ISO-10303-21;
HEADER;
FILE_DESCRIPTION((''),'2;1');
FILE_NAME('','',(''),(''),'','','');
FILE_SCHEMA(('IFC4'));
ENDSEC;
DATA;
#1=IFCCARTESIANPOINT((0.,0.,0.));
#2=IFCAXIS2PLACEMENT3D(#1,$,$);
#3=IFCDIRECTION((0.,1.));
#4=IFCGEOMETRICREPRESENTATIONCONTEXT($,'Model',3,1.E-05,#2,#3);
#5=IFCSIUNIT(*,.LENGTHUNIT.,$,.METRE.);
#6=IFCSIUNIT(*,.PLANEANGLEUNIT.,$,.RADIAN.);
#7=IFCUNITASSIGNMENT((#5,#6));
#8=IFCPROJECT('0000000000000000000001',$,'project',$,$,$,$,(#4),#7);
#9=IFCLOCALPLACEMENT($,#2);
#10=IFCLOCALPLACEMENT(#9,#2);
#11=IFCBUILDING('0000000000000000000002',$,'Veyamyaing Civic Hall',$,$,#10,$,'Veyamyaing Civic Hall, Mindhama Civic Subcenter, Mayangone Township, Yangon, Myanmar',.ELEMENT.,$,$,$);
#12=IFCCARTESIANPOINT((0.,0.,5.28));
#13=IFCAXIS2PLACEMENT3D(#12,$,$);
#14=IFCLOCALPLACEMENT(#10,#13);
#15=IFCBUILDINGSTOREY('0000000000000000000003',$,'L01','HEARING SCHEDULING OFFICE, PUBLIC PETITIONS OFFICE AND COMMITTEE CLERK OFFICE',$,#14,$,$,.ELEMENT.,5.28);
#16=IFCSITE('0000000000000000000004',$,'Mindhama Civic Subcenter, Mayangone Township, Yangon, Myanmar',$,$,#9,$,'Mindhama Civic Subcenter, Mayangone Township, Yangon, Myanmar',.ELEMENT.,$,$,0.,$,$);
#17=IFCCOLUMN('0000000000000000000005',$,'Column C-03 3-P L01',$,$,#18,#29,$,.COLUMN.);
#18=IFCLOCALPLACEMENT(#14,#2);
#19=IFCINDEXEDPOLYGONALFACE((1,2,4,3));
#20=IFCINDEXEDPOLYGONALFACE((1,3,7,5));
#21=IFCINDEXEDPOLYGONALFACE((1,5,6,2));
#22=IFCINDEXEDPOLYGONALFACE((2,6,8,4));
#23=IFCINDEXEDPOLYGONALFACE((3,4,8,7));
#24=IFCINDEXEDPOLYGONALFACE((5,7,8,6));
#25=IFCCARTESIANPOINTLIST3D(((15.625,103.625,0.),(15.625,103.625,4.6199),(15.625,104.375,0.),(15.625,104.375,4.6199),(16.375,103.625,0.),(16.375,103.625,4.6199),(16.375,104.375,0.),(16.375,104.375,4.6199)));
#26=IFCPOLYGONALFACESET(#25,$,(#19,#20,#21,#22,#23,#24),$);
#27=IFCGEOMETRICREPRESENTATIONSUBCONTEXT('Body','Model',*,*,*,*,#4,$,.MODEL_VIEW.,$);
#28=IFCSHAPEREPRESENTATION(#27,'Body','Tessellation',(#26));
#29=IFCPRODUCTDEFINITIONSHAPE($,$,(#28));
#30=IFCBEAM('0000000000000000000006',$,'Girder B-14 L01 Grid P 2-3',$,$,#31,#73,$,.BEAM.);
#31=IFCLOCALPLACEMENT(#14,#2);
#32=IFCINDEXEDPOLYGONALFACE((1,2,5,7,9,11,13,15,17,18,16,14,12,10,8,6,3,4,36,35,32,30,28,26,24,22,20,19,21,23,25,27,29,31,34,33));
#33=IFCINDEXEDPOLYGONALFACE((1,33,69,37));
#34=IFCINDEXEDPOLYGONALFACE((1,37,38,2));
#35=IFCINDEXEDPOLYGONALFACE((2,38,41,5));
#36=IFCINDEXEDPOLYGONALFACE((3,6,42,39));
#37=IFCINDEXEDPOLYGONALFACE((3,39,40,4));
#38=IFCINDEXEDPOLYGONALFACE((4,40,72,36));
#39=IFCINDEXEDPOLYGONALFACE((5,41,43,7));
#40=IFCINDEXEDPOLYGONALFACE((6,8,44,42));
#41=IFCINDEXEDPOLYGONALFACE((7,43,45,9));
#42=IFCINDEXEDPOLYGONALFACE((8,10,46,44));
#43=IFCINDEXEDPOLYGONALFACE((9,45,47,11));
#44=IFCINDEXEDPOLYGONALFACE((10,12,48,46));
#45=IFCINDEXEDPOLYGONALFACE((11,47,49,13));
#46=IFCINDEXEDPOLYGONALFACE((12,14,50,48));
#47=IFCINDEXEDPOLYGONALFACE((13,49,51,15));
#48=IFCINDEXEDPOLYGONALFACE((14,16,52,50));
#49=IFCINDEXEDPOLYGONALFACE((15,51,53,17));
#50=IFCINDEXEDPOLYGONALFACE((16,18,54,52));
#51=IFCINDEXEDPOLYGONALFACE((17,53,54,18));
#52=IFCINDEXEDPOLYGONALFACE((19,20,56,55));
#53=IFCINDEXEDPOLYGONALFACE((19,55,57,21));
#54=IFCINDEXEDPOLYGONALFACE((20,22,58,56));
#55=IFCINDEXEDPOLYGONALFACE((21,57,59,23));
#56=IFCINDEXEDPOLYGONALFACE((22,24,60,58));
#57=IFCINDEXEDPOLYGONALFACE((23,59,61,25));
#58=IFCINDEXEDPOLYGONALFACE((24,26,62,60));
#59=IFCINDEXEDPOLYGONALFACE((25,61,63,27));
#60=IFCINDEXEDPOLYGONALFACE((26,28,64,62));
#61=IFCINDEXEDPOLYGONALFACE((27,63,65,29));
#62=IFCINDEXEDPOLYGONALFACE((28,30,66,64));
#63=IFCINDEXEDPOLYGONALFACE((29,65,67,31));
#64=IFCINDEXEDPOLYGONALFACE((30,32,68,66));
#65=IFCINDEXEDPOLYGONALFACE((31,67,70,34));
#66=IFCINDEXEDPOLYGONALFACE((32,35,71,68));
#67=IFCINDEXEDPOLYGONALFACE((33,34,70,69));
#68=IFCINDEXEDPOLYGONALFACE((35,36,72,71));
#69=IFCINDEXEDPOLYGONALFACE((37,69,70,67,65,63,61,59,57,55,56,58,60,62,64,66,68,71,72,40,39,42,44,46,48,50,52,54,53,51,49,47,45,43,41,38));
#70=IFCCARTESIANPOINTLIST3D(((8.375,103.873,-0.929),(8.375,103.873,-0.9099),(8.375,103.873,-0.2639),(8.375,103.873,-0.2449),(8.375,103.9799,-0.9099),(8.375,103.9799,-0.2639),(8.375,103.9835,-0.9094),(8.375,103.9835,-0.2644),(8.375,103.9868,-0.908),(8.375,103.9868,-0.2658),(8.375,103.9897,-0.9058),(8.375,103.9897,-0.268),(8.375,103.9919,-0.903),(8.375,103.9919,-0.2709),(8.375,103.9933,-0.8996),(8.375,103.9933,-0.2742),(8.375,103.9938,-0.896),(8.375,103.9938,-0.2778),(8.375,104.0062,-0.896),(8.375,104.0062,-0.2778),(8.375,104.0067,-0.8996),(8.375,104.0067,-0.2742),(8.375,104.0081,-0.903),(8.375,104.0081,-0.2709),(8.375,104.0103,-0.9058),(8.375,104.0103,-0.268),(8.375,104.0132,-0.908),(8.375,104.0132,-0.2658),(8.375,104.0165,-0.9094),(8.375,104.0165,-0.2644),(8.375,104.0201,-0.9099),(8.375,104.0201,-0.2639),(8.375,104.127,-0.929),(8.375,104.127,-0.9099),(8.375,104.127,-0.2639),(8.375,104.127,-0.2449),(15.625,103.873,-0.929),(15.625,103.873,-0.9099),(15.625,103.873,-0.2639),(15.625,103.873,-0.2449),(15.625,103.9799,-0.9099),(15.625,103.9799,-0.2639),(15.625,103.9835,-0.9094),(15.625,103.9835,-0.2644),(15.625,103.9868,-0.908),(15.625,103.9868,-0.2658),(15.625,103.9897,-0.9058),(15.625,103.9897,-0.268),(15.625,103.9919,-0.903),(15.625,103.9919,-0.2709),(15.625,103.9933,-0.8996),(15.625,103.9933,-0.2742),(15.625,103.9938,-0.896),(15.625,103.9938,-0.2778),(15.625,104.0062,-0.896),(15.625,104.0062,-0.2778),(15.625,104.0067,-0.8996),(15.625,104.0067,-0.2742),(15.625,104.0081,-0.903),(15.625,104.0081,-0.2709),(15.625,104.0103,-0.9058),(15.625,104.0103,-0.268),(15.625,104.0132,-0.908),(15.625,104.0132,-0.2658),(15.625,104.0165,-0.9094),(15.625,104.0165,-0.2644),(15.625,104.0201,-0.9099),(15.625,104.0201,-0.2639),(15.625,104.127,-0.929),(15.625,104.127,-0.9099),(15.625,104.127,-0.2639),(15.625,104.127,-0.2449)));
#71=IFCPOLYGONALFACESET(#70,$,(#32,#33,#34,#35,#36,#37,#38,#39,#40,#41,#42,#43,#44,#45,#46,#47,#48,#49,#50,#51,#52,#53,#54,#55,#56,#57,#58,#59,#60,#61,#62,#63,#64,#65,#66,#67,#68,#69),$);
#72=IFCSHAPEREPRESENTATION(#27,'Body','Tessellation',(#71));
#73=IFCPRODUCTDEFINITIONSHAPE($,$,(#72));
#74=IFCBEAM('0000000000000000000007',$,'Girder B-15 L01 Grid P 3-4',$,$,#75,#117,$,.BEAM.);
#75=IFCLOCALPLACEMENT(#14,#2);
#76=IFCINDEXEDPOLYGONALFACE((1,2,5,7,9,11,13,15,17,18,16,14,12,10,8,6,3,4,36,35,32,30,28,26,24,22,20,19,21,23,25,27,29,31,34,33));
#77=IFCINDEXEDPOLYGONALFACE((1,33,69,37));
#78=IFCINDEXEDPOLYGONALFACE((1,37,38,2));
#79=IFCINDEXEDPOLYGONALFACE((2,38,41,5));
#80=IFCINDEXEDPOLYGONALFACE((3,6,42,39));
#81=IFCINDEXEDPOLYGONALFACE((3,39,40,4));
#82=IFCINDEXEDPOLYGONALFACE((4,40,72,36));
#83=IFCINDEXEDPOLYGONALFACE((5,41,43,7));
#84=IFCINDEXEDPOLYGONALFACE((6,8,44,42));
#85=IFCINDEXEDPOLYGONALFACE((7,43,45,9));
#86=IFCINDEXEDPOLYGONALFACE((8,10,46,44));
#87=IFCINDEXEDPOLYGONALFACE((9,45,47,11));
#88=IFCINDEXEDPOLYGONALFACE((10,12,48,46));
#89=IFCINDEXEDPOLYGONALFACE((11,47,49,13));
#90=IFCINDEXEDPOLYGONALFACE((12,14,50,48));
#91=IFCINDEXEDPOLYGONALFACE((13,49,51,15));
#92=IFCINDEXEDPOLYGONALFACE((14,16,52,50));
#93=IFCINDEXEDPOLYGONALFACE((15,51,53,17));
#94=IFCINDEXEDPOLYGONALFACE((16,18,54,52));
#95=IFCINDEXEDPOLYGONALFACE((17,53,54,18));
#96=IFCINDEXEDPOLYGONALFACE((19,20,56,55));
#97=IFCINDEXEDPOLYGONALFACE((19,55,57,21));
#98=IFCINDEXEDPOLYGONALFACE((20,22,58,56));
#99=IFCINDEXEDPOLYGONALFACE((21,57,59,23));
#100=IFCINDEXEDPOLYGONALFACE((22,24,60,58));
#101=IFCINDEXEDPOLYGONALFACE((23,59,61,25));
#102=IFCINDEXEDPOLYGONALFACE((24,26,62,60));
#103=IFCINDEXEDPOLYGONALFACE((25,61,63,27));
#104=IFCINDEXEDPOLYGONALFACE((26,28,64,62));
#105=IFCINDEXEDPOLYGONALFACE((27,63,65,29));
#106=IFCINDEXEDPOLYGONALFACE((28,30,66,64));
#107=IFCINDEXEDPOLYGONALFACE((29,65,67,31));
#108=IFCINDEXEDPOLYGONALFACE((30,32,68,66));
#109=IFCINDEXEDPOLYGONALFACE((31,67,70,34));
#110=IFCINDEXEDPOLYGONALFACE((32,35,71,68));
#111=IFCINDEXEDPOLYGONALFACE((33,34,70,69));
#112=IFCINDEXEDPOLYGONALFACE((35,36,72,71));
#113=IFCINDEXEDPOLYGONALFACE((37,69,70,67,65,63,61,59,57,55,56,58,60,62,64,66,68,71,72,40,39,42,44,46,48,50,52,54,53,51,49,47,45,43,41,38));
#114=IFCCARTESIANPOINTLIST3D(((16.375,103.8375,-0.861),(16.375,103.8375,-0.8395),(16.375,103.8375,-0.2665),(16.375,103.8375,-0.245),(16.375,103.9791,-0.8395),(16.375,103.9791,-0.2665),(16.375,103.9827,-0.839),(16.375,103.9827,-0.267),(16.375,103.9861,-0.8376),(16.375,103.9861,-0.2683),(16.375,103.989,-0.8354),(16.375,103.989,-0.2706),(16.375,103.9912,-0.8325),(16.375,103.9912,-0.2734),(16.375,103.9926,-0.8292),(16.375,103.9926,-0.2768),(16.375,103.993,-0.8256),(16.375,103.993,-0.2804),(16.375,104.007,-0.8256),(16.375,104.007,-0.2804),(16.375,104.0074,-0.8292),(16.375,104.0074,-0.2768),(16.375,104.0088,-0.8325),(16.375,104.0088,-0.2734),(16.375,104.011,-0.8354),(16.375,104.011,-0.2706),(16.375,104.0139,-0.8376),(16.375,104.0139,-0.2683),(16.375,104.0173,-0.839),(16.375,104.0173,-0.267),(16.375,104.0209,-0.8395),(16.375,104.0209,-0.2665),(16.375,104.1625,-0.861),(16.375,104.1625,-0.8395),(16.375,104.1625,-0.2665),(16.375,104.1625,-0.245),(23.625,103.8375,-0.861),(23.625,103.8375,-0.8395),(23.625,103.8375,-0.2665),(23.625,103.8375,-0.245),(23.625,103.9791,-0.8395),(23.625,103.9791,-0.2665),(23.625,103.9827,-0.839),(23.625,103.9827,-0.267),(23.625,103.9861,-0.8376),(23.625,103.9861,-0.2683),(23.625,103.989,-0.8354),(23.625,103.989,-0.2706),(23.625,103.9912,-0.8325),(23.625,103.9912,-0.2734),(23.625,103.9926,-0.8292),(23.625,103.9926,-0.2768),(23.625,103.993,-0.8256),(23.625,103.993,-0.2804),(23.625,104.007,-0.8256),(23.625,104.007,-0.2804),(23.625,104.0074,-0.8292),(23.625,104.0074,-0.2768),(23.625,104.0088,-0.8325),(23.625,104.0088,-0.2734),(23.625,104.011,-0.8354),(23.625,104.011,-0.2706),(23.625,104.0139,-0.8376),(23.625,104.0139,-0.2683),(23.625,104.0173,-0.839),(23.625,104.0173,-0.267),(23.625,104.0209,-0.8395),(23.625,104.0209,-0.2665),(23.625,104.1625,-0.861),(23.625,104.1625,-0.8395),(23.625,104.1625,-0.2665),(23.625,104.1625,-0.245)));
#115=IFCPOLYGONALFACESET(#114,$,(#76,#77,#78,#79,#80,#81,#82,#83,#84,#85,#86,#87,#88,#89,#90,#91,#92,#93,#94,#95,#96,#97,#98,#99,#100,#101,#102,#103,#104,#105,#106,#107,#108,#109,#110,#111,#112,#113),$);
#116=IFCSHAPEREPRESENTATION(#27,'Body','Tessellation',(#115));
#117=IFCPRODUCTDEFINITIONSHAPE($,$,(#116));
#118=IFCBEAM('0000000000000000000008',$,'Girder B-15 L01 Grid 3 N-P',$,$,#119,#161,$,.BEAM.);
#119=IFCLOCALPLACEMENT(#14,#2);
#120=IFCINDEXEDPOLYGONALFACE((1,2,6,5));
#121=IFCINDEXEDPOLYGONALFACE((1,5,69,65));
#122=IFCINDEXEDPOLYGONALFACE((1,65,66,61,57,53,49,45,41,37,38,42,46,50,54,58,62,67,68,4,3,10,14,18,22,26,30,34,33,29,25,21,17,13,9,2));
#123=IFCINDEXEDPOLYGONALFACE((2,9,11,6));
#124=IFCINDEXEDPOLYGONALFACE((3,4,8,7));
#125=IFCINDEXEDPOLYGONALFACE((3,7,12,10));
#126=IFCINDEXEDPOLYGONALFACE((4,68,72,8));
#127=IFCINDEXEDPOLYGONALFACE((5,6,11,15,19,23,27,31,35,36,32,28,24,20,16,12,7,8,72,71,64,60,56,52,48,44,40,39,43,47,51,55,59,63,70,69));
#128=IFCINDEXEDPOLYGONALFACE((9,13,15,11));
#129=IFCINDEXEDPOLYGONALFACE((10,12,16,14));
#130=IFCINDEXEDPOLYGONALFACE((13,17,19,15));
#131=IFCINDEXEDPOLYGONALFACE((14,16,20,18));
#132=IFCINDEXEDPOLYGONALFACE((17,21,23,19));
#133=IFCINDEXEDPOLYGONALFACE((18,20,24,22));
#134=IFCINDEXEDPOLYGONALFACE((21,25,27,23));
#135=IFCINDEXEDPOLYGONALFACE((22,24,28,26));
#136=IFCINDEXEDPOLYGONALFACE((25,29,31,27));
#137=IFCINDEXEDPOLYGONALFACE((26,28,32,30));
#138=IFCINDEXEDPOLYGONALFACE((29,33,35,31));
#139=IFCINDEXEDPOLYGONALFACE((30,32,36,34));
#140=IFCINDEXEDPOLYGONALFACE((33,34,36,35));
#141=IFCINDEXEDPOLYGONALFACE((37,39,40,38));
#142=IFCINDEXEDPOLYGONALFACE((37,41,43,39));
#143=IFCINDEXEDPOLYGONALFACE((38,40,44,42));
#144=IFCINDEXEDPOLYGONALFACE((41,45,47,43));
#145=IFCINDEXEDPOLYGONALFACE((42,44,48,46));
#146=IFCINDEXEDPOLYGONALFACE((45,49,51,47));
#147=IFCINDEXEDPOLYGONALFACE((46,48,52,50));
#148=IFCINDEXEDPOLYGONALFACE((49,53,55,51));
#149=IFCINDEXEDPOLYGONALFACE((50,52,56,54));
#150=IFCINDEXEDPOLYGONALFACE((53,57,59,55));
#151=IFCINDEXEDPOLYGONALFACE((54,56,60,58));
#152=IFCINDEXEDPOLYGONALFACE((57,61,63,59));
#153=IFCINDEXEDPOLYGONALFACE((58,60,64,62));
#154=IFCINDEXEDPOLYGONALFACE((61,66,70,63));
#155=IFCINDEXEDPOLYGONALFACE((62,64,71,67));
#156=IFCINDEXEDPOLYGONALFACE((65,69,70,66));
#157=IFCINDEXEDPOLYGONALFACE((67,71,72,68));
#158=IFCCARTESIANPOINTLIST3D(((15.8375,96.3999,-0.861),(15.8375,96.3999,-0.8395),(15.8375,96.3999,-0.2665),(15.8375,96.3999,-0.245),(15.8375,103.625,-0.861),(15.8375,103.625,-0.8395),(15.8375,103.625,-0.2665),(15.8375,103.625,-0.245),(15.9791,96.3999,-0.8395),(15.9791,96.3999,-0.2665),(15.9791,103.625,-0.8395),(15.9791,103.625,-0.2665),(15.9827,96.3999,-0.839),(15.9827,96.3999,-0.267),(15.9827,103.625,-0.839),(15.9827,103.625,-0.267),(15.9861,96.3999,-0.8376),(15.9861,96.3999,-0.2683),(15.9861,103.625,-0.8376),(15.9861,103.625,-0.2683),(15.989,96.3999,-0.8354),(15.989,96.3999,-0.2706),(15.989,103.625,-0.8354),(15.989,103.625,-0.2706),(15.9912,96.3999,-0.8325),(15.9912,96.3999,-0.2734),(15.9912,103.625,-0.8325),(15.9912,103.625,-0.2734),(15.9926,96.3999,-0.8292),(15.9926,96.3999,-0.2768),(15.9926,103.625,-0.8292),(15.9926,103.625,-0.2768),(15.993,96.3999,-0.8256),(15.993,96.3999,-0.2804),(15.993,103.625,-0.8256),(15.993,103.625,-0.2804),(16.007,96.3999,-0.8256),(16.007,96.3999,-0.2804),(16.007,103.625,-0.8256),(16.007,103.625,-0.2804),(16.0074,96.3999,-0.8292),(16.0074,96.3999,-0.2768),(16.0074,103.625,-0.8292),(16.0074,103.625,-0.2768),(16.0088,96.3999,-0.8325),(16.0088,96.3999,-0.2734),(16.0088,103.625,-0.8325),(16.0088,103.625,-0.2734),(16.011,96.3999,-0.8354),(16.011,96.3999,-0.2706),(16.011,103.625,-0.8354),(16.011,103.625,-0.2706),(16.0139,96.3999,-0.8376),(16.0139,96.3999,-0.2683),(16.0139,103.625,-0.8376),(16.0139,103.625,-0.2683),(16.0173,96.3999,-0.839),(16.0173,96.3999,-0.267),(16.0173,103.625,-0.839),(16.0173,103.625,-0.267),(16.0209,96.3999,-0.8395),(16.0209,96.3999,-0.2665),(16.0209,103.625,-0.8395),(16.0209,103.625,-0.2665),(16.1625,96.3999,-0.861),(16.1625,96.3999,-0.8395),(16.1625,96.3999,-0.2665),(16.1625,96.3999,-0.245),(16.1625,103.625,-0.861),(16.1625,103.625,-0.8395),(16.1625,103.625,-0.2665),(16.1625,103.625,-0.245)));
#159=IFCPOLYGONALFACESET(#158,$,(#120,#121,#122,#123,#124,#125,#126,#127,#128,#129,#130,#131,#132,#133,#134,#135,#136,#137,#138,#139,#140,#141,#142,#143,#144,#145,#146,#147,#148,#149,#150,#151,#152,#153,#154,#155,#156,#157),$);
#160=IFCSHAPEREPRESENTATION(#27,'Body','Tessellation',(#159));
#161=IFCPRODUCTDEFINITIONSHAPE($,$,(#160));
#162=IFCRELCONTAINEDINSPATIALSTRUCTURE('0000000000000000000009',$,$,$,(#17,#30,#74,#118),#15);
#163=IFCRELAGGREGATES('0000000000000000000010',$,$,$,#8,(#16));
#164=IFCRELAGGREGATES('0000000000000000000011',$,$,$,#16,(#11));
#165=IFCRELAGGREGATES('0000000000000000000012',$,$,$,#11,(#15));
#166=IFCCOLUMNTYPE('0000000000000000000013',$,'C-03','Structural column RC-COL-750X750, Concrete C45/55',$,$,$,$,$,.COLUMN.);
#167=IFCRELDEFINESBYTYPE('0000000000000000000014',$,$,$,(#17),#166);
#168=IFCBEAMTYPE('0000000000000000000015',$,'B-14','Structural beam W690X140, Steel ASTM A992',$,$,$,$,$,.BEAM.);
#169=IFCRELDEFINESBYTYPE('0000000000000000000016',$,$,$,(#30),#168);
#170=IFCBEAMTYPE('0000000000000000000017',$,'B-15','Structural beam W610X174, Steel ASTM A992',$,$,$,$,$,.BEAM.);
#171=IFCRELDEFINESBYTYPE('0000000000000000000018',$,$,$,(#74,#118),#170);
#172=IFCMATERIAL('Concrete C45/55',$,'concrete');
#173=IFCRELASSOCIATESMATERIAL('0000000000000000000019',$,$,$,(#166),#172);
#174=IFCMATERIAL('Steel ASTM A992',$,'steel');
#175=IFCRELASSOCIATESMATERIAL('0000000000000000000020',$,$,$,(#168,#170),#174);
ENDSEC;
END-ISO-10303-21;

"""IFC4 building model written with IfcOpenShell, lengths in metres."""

from ifc_helpers import new_model, si_unit, direction, frame, origin, origin_2d, place, context, subcontext, project, spatial, rectangle, i_section, extrude, material, material_profile, profile_set, type_object, element, save


model = new_model("IFC4")

# Units and contexts
model_context = context("Model", 3, precision=1e-05, world=origin(), true_north=direction((0.0, 1.0)))
body_context = subcontext(model_context, "Body", "Model", "MODEL_VIEW")
ifc_project = project(units=[si_unit("LENGTHUNIT", "METRE"), si_unit("PLANEANGLEUNIT", "RADIAN")], contexts=[model_context])

# Site, building, storey
site_placement = place(None, origin())
site = spatial("IfcSite", under=ifc_project, at=site_placement, Name="Mindhama Civic Subcenter, Mayangone Township, Yangon, Myanmar", LongName="Mindhama Civic Subcenter, Mayangone Township, Yangon, Myanmar", CompositionType="ELEMENT", RefElevation=0.0)
building_placement = place(site_placement, origin())
building = spatial("IfcBuilding", under=site, at=building_placement, Name="Veyamyaing Civic Hall", LongName="Veyamyaing Civic Hall, Mindhama Civic Subcenter, Mayangone Township, Yangon, Myanmar", CompositionType="ELEMENT")
storey_placement = place(building_placement, frame((0.0, 0.0, 5.28)))
storey = spatial("IfcBuildingStorey", under=building, at=storey_placement, Name="L01", Description="HEARING SCHEDULING OFFICE, PUBLIC PETITIONS OFFICE AND COMMITTEE CLERK OFFICE", CompositionType="ELEMENT", Elevation=5.28)

# Column
ifc_material_1 = material(Name="Concrete C45/55", Category="concrete")
ifc_material_profile_1 = material_profile(ifc_material_1, rectangle(XDim=0.75, YDim=0.75, at=origin_2d()), Name="RC-COL-750X750")
ifc_profile_set_1 = profile_set([ifc_material_profile_1], Name="Concrete C45/55")
column_type = type_object("IfcColumnType", Name="C-03", Description="Structural column RC-COL-750X750, Concrete C45/55", PredefinedType="COLUMN", material=ifc_profile_set_1)
column_placement = place(storey_placement, frame((16.0, 104.0, 0.0), z_axis=(0.0, 0.0, 1.0), x_axis=(1.0, 0.0, 0.0)))
element("IfcColumn", 1, at=column_placement, inside=storey, type_object=column_type, Name="Column C-03 3-P L01", PredefinedType="COLUMN", context=body_context, shape_type="SweptSolid", body=[
    extrude(rectangle(XDim=0.75, YDim=0.75, at=origin_2d()), origin(), (0.0, 0.0, 1.0), 4.6199),
])

# Beams
ifc_material_2 = material(Name="Steel ASTM A992", Category="steel")
ifc_material_profile_2 = material_profile(ifc_material_2, i_section(OverallWidth=0.2539, OverallDepth=0.6841, WebThickness=0.0125, FlangeThickness=0.019, FilletRadius=0.0139, at=origin_2d()), Name="W690X140")
ifc_profile_set_2 = profile_set([ifc_material_profile_2], Name="Steel ASTM A992")
beam_type_1 = type_object("IfcBeamType", Name="B-14", Description="Structural beam W690X140, Steel ASTM A992", PredefinedType="BEAM", material=ifc_profile_set_2)
beam_1_placement = place(storey_placement, frame((8.375, 104.0, -0.5869), z_axis=(1.0, 0.0, 0.0), x_axis=(0.0, 1.0, 0.0)))
element("IfcBeam", 2, at=beam_1_placement, inside=storey, type_object=beam_type_1, Name="Girder B-14 L01 Grid P 2-3", PredefinedType="BEAM", context=body_context, shape_type="SweptSolid", body=[
    extrude(i_section(OverallWidth=0.2539, OverallDepth=0.6841, WebThickness=0.0125, FlangeThickness=0.019, FilletRadius=0.0139, at=origin_2d()), origin(), (0.0, 0.0, 1.0), 7.25),
])
ifc_material_profile_3 = material_profile(ifc_material_2, i_section(OverallWidth=0.325, OverallDepth=0.616, WebThickness=0.0139, FlangeThickness=0.0215, FilletRadius=0.0139, at=origin_2d()), Name="W610X174")
ifc_profile_set_3 = profile_set([ifc_material_profile_3], Name="Steel ASTM A992")
beam_type_2 = type_object("IfcBeamType", Name="B-15", Description="Structural beam W610X174, Steel ASTM A992", PredefinedType="BEAM", material=ifc_profile_set_3)
beam_2_placement = place(storey_placement, frame((16.375, 104.0, -0.553), z_axis=(1.0, 0.0, 0.0), x_axis=(0.0, 1.0, 0.0)))
element("IfcBeam", 3, at=beam_2_placement, inside=storey, type_object=beam_type_2, Name="Girder B-15 L01 Grid P 3-4", PredefinedType="BEAM", context=body_context, shape_type="SweptSolid", body=[
    extrude(i_section(OverallWidth=0.325, OverallDepth=0.616, WebThickness=0.0139, FlangeThickness=0.0215, FilletRadius=0.0139, at=origin_2d()), origin(), (0.0, 0.0, 1.0), 7.25),
])
beam_3_placement = place(storey_placement, frame((16.0, 96.3999, -0.553), z_axis=(0.0, 1.0, 0.0), x_axis=(-1.0, 0.0, 0.0)))
element("IfcBeam", 4, at=beam_3_placement, inside=storey, type_object=beam_type_2, Name="Girder B-15 L01 Grid 3 N-P", PredefinedType="BEAM", context=body_context, shape_type="SweptSolid", body=[
    extrude(i_section(OverallWidth=0.325, OverallDepth=0.616, WebThickness=0.0139, FlangeThickness=0.0215, FilletRadius=0.0139, at=origin_2d()), origin(), (0.0, 0.0, 1.0), 7.2251),
])

save(model, "model.ifc")
